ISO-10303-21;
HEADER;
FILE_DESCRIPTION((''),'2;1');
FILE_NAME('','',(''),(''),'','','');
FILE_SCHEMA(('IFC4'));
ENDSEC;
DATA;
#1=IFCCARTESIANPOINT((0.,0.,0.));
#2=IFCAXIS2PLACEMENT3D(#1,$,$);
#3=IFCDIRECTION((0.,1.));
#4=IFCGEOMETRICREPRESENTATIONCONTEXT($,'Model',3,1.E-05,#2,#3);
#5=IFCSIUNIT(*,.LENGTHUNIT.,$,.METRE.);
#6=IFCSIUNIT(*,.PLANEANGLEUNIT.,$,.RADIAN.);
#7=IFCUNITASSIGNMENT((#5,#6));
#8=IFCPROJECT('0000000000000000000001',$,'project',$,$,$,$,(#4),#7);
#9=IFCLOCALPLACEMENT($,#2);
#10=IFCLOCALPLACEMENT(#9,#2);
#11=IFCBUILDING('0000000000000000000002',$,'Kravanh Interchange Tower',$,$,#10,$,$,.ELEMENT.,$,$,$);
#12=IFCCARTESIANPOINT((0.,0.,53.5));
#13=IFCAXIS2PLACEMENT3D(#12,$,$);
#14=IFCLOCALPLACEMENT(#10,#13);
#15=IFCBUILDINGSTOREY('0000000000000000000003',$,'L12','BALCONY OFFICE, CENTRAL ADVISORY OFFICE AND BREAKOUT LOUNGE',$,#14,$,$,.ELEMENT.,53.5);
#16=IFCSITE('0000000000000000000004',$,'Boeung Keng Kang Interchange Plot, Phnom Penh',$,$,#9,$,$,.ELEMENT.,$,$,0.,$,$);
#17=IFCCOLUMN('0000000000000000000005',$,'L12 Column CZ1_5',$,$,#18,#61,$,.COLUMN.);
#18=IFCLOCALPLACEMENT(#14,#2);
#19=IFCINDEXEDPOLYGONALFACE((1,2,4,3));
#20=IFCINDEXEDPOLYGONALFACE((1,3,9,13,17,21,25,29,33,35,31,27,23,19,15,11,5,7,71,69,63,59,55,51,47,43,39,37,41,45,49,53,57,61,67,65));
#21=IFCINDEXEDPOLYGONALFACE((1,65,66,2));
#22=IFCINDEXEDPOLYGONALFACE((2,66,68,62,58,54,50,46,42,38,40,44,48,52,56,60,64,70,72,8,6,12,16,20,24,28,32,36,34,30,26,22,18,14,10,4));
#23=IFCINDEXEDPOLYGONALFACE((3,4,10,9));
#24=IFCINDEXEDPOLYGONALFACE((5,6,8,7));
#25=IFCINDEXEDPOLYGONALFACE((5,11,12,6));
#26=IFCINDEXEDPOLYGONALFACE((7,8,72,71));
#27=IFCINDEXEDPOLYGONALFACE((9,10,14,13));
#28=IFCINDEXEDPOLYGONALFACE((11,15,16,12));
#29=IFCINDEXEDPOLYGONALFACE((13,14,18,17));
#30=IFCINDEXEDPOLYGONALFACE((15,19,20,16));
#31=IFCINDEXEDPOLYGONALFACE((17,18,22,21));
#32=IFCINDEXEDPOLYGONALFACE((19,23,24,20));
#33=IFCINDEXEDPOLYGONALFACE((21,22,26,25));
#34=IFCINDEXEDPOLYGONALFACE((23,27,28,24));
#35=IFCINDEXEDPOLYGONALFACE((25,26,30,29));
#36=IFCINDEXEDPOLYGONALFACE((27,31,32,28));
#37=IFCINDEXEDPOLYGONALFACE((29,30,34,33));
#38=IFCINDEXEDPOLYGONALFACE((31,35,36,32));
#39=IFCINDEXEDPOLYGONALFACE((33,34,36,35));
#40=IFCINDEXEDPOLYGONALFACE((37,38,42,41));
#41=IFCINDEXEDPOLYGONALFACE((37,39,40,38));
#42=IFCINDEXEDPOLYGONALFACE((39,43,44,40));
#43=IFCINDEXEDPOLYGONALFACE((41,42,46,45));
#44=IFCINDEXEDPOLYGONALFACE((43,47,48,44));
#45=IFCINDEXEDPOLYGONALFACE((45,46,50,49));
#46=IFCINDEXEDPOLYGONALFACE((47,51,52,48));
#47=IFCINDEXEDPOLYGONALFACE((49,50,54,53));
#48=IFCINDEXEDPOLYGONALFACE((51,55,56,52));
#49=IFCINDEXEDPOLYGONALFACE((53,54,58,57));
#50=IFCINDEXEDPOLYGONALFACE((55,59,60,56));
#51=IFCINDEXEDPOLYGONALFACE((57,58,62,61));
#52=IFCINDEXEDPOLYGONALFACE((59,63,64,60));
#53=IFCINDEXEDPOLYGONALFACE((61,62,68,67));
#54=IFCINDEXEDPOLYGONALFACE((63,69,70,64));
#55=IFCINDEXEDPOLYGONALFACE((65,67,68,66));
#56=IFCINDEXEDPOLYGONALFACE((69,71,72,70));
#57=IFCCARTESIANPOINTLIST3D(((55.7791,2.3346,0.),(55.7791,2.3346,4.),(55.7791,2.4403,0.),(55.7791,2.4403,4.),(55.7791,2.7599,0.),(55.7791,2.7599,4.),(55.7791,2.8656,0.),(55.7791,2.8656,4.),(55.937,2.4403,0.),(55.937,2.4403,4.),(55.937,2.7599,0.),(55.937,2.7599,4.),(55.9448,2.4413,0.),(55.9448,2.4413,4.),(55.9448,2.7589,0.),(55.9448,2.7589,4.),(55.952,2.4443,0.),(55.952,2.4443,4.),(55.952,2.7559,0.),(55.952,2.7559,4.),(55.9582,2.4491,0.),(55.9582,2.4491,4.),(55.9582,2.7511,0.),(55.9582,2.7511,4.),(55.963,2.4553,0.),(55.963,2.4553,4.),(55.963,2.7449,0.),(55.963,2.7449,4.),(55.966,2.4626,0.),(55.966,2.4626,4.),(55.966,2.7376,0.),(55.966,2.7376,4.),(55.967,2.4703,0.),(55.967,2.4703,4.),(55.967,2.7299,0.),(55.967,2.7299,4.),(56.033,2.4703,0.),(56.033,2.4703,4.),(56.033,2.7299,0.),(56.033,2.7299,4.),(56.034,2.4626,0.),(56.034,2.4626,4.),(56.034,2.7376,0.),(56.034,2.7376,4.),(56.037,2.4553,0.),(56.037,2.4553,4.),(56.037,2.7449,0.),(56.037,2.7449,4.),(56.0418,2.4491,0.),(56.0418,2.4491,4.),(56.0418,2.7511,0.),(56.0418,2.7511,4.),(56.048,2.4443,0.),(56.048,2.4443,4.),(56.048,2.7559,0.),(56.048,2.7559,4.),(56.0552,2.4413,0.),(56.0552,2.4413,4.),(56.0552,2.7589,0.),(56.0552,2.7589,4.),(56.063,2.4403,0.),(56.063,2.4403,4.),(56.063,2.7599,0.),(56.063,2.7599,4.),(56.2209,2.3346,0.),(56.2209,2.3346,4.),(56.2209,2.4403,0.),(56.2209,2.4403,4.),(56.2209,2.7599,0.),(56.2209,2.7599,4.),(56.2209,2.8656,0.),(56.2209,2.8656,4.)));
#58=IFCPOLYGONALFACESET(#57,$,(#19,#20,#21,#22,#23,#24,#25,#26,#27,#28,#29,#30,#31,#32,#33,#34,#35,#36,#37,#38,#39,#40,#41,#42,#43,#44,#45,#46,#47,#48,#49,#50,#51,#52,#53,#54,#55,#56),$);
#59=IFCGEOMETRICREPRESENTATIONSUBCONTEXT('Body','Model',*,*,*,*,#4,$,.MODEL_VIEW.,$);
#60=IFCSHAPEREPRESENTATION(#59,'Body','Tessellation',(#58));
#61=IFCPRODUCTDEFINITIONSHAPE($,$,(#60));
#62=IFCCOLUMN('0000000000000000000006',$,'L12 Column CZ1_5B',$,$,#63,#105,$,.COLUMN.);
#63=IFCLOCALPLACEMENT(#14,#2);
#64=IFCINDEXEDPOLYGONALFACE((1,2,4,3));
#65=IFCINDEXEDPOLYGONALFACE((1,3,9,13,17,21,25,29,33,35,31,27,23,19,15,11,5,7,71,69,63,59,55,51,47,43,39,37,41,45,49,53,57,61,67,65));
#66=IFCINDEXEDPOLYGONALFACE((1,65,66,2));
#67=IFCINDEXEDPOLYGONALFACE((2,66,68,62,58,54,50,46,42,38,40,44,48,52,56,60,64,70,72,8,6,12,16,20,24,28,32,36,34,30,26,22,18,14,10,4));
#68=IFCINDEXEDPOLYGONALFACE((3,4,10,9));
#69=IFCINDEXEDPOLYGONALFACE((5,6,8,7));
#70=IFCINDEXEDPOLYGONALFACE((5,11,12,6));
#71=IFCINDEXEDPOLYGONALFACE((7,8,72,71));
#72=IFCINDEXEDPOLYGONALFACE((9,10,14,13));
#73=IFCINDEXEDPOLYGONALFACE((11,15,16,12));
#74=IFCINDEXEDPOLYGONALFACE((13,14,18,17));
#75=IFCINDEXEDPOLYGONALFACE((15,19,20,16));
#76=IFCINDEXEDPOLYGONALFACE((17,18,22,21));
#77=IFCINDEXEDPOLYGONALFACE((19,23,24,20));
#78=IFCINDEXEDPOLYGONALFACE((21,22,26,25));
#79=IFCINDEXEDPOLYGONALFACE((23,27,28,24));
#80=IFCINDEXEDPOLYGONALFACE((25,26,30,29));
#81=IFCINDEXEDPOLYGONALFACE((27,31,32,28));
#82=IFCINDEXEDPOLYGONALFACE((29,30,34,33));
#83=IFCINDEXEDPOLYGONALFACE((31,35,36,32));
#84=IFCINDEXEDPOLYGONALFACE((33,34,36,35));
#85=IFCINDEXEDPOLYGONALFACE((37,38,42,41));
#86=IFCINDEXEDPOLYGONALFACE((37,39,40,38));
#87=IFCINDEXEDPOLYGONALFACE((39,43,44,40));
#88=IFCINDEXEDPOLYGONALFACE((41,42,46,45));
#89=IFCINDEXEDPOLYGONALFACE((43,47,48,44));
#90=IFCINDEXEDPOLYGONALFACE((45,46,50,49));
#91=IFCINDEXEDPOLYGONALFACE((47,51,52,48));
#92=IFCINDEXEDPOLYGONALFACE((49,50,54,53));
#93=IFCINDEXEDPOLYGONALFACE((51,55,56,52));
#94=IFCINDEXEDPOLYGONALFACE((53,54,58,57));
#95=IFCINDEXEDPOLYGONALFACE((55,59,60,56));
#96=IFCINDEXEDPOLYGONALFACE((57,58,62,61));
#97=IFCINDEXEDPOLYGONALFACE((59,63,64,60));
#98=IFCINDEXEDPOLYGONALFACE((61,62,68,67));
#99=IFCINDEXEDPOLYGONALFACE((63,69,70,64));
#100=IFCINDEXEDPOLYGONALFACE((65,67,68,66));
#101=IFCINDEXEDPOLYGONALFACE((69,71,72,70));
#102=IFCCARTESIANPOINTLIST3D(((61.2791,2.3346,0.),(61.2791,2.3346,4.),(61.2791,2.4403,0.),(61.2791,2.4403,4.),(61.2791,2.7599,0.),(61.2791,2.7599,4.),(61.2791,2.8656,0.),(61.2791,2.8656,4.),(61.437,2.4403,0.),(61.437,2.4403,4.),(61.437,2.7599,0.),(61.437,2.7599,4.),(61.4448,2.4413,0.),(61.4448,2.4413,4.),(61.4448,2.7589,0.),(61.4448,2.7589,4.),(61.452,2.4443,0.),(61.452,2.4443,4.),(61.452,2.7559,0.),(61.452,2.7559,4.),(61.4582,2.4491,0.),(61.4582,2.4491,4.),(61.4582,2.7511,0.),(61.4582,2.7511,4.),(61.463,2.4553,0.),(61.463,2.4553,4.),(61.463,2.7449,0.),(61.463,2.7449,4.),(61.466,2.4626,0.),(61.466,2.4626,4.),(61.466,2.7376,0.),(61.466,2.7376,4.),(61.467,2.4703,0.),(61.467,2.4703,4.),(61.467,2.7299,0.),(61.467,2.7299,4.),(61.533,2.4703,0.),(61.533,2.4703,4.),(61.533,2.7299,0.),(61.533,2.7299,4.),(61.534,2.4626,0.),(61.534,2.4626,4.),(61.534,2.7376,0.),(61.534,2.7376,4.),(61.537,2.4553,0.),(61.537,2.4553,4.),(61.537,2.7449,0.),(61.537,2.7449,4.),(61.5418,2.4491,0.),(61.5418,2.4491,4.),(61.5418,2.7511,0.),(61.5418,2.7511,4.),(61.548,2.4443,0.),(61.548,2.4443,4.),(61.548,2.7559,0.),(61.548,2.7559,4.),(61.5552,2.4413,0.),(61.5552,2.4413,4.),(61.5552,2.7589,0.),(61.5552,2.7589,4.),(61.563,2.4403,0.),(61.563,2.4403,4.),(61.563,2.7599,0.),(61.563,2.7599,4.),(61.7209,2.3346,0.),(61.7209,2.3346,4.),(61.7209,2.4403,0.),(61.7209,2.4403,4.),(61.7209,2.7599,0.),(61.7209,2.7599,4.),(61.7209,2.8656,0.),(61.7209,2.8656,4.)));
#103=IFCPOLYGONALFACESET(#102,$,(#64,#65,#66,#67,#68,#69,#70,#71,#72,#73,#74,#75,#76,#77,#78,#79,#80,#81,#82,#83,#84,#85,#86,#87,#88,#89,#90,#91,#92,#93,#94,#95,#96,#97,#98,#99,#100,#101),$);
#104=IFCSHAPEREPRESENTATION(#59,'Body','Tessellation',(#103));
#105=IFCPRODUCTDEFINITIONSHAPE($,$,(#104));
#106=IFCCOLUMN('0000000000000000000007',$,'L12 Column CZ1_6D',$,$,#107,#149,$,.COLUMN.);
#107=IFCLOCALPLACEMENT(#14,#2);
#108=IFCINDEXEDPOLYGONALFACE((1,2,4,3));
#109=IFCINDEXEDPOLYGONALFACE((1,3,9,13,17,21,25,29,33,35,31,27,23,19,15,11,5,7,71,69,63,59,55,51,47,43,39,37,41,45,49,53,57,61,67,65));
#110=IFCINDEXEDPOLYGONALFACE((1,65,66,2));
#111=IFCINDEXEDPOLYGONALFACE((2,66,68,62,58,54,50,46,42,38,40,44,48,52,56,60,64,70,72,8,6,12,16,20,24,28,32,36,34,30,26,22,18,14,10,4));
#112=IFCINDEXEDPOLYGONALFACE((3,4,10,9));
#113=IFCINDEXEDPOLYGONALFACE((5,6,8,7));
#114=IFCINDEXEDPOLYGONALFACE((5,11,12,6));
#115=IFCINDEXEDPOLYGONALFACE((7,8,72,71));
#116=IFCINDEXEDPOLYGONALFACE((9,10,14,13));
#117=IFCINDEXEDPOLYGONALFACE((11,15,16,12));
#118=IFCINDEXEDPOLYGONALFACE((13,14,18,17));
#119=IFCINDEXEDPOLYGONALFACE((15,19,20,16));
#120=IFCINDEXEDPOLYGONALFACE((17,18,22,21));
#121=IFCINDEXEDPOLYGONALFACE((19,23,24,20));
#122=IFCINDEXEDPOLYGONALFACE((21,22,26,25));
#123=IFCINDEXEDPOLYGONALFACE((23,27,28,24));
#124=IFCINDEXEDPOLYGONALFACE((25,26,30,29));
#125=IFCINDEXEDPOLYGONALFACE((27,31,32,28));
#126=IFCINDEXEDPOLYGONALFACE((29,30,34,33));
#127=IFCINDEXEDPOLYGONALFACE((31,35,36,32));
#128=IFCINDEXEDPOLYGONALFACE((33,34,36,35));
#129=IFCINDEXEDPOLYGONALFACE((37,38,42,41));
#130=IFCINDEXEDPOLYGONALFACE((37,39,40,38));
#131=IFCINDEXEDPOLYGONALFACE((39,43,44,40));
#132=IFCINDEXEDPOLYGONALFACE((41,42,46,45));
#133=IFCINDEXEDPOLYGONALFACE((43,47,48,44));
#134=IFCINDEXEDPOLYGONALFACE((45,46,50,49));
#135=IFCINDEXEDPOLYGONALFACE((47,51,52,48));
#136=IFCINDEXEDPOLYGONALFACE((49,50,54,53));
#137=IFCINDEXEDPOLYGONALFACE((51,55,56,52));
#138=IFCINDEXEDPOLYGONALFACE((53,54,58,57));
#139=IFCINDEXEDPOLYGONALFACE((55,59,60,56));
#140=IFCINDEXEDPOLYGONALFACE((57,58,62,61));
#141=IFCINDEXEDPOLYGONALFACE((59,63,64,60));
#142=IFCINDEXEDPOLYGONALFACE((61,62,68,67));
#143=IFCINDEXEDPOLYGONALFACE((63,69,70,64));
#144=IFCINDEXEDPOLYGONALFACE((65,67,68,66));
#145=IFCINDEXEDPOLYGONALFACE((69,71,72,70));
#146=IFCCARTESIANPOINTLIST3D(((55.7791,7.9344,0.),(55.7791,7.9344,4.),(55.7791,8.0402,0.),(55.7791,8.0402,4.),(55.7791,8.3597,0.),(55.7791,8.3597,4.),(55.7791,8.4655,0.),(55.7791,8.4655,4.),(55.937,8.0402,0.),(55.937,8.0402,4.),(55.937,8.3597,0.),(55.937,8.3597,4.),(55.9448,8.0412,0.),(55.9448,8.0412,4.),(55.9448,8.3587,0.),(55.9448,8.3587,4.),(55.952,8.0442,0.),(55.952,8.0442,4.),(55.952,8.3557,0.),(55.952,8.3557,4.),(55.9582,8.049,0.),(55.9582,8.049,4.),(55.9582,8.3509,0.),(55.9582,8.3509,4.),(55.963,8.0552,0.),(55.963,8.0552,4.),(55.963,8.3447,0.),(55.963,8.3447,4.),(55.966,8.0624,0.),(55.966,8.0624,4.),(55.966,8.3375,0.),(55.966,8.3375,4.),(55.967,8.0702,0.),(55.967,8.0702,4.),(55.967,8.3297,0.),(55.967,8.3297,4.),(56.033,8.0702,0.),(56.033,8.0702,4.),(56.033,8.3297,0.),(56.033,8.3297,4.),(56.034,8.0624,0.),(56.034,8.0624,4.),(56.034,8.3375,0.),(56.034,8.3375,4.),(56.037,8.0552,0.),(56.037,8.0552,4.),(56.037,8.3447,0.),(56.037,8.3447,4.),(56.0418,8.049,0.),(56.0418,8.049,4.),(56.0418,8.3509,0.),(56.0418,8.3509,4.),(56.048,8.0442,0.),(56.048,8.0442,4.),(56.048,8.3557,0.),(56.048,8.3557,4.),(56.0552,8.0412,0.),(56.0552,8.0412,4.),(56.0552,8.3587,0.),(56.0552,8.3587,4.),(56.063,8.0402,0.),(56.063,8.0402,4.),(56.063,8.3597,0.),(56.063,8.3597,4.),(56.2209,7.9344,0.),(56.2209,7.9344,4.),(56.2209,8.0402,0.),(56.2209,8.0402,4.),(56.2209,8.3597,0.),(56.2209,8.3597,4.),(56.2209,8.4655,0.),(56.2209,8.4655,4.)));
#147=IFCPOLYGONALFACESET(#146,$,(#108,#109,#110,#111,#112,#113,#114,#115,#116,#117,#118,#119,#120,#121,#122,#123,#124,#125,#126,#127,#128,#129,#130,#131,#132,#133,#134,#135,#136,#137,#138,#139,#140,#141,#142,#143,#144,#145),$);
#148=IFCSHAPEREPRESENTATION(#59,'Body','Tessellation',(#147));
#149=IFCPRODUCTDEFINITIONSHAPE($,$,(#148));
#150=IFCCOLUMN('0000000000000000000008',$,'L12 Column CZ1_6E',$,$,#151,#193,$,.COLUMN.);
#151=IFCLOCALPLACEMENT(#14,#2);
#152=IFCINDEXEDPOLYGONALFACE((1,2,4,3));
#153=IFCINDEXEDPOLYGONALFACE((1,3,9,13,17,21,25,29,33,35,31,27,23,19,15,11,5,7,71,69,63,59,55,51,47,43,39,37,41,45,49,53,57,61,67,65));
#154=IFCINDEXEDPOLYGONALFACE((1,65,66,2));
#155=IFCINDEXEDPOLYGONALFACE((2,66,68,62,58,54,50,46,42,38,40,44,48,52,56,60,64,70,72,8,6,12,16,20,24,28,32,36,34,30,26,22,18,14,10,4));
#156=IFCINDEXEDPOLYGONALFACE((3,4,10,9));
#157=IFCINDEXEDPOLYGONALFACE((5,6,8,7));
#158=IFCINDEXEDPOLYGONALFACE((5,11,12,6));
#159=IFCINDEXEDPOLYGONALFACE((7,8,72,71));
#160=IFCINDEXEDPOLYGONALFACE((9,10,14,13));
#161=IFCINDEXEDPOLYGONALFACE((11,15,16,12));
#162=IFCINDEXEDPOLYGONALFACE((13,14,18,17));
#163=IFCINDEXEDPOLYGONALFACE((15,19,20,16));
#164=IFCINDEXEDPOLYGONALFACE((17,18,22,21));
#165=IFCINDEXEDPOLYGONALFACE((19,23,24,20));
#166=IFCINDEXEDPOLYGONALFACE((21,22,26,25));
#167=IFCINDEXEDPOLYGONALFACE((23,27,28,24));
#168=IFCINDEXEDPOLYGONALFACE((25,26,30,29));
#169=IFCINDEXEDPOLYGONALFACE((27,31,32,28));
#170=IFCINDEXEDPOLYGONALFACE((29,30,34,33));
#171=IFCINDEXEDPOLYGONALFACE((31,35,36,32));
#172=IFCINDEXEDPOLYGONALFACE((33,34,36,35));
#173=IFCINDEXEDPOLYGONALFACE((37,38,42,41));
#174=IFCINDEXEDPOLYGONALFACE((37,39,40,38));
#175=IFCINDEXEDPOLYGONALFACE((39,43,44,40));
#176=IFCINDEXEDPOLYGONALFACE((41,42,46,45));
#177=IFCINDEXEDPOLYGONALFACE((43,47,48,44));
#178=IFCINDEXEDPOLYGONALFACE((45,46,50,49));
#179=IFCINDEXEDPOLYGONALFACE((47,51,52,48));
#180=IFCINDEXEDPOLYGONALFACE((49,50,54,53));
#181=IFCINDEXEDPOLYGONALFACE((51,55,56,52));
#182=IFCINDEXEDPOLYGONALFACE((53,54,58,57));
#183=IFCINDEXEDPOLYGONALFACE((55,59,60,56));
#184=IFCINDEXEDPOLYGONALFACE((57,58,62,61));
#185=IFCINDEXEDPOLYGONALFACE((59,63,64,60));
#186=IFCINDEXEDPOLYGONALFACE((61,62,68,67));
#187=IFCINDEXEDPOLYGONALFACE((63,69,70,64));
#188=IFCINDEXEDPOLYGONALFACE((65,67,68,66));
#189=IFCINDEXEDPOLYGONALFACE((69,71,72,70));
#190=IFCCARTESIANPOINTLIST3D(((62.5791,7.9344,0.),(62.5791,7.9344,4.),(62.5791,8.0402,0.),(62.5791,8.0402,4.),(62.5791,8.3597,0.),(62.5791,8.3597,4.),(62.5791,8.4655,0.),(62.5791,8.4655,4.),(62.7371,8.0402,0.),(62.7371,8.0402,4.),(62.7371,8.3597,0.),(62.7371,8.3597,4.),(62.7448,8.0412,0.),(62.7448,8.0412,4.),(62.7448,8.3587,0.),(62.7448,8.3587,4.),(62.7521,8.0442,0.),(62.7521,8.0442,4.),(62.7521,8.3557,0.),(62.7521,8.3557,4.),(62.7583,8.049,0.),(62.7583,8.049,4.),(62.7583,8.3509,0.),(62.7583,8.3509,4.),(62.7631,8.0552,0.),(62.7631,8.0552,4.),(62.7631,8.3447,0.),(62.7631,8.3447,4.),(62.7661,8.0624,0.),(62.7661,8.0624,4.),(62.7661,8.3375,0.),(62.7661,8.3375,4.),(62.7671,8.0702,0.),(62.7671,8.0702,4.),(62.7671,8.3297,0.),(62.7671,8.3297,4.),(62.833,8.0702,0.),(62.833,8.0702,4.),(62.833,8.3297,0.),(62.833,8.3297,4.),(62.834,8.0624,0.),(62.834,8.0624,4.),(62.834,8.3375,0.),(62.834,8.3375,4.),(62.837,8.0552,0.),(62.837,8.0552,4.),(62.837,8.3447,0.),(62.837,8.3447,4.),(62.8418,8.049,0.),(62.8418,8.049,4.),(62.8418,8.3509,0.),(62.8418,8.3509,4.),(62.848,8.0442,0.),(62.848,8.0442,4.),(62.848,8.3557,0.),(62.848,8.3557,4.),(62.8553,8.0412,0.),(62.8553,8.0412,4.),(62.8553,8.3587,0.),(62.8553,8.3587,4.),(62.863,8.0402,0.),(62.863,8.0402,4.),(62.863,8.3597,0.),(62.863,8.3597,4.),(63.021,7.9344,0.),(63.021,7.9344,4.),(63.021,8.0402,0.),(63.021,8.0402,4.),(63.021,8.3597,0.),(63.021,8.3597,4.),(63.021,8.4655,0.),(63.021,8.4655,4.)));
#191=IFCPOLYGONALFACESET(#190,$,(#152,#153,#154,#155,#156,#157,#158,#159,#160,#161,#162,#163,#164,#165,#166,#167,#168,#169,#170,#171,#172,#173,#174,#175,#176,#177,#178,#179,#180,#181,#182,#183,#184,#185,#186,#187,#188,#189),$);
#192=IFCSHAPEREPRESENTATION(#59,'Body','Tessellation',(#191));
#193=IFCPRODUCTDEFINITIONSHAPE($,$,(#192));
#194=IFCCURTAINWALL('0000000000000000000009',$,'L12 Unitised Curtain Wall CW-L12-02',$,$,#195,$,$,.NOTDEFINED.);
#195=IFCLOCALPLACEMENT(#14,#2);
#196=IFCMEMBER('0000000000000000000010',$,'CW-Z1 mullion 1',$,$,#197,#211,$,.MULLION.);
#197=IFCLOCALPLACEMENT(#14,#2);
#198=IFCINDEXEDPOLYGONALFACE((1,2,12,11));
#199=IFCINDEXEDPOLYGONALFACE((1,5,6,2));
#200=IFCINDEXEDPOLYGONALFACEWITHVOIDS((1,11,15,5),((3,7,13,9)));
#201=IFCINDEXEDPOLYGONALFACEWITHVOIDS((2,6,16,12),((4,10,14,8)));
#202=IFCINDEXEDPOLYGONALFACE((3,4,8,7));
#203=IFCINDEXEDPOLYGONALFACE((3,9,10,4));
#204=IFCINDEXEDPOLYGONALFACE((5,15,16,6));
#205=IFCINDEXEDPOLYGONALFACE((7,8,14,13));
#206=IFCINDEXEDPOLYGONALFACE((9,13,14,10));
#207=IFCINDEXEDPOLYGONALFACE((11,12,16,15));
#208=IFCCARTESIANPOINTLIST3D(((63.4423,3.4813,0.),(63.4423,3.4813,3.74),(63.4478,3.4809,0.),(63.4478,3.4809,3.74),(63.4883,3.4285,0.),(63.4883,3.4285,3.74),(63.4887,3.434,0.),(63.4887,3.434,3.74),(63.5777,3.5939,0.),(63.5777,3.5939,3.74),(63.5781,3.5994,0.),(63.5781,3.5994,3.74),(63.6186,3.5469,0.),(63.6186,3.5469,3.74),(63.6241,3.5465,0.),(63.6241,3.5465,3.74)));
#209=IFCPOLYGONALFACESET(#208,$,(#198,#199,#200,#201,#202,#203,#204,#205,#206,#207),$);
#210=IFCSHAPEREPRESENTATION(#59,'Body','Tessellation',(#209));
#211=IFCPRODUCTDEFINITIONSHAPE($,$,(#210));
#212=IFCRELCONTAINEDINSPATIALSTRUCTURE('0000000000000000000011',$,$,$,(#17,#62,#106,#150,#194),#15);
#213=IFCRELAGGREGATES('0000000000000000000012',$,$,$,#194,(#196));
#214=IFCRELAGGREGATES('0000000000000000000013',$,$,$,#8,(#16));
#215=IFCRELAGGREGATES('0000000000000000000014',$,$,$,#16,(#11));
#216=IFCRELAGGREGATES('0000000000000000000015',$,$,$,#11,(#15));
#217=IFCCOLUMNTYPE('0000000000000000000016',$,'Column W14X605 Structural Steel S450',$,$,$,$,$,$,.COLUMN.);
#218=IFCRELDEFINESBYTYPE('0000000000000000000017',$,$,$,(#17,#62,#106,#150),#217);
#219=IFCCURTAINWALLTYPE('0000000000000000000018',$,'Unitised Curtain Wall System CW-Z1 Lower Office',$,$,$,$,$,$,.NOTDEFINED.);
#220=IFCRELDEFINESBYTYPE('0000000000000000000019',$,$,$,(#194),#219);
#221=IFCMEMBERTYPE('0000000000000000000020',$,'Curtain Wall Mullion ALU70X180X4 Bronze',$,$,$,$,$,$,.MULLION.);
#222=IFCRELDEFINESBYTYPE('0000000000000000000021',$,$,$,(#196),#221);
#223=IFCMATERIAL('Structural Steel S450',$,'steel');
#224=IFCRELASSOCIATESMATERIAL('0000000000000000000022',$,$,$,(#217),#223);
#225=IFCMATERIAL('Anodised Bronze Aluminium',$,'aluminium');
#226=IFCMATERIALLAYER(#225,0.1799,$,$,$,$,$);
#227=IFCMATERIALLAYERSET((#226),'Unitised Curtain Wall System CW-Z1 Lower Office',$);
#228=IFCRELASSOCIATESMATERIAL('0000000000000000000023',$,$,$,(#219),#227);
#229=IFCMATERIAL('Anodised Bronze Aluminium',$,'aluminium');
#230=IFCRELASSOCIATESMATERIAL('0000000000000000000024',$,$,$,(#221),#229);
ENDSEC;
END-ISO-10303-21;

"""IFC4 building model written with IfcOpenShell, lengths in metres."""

from ifc_helpers import new_model, si_unit, direction, frame, origin, origin_2d, place, context, subcontext, project, spatial, hollow_rectangle, i_section, extrude, material, layer, layer_set, material_profile, profile_set, type_object, element, aggregate, save


model = new_model("IFC4")

# Units and contexts
model_context = context("Model", 3, precision=1e-05, world=origin(), true_north=direction((0.0, 1.0)))
body_context = subcontext(model_context, "Body", "Model", "MODEL_VIEW")
ifc_project = project(units=[si_unit("LENGTHUNIT", "METRE"), si_unit("PLANEANGLEUNIT", "RADIAN")], contexts=[model_context])

# Site, building, storey
site_placement = place(None, origin())
site = spatial("IfcSite", under=ifc_project, at=site_placement, Name="Boeung Keng Kang Interchange Plot, Phnom Penh", CompositionType="ELEMENT", RefElevation=0.0)
building_placement = place(site_placement, origin())
building = spatial("IfcBuilding", under=site, at=building_placement, Name="Kravanh Interchange Tower", CompositionType="ELEMENT")
storey_placement = place(building_placement, frame((0.0, 0.0, 53.5)))
storey = spatial("IfcBuildingStorey", under=building, at=storey_placement, Name="L12", Description="BALCONY OFFICE, CENTRAL ADVISORY OFFICE AND BREAKOUT LOUNGE", CompositionType="ELEMENT", Elevation=53.5)

# Columns
ifc_material_1 = material(Name="Structural Steel S450", Category="steel")
ifc_material_profile_1 = material_profile(ifc_material_1, i_section(OverallWidth=0.4419, OverallDepth=0.531, WebThickness=0.0659, FlangeThickness=0.1057, FilletRadius=0.03, at=origin_2d()), Name="W14X605")
ifc_profile_set_1 = profile_set([ifc_material_profile_1], Name="Structural Steel S450")
column_type = type_object("IfcColumnType", Name="Column W14X605 Structural Steel S450", PredefinedType="COLUMN", material=ifc_profile_set_1)
for number, where, z_axis, x_axis, name in (
    (1, (56.0, 2.6001, 0.0), (0.0, 0.0, 1.0), (1.0, 0.0, 0.0), "L12 Column CZ1_5"),
    (2, (61.5, 2.6001, 0.0), (0.0, 0.0, 1.0), (1.0, 0.0, 0.0), "L12 Column CZ1_5B"),
    (3, (56.0, 8.2, 0.0), (0.0, 0.0, 1.0), (1.0, 0.0, 0.0), "L12 Column CZ1_6D"),
    (4, (62.8, 8.2, 0.0), (0.0, 0.0, 1.0), (1.0, 0.0, 0.0), "L12 Column CZ1_6E"),
):
    element("IfcColumn", number, at=place(storey_placement, frame(where, z_axis=z_axis, x_axis=x_axis)), inside=storey, type_object=column_type, Name=name, PredefinedType="COLUMN", context=body_context, shape_type="SweptSolid", body=[
        extrude(i_section(OverallWidth=0.4419, OverallDepth=0.531, WebThickness=0.0659, FlangeThickness=0.1057, FilletRadius=0.03, at=origin_2d()), origin(), (0.0, 0.0, 1.0), 4.0),
    ])

# Curtain wall, member
ifc_material_2 = material(Name="Anodised Bronze Aluminium", Category="aluminium")
ifc_layer_1 = layer(ifc_material_2, 0.1799)
ifc_layer_set_1 = layer_set([ifc_layer_1], Name="Unitised Curtain Wall System CW-Z1 Lower Office")
curtain_wall_type = type_object("IfcCurtainWallType", Name="Unitised Curtain Wall System CW-Z1 Lower Office", PredefinedType="NOTDEFINED", material=ifc_layer_set_1)
curtain_wall_1_placement = place(storey_placement, origin())
curtain_wall_1 = element("IfcCurtainWall", 5, at=curtain_wall_1_placement, inside=storey, type_object=curtain_wall_type, Name="L12 Unitised Curtain Wall CW-L12-02", PredefinedType="NOTDEFINED")
ifc_material_3 = material(Name="Anodised Bronze Aluminium", Category="aluminium")
ifc_material_profile_2 = material_profile(ifc_material_3, hollow_rectangle(XDim=0.0701, YDim=0.1799, WallThickness=0.0039, at=origin_2d()), Name="ALU70X180X4")
ifc_profile_set_2 = profile_set([ifc_material_profile_2], Name="Anodised Bronze Aluminium")
member_type_1 = type_object("IfcMemberType", Name="Curtain Wall Mullion ALU70X180X4 Bronze", PredefinedType="MULLION", material=ifc_profile_set_2)
member_1_placement = place(storey_placement, frame((63.5332, 3.5139, 0.0), z_axis=(0.0, 0.0, 1.0), x_axis=(0.65606, -0.754708, 0.0)))
member_1 = element("IfcMember", 6, at=member_1_placement, type_object=member_type_1, Name="CW-Z1 mullion 1", PredefinedType="MULLION", context=body_context, shape_type="SweptSolid", body=[
    extrude(hollow_rectangle(XDim=0.0701, YDim=0.1799, WallThickness=0.0039, at=origin_2d()), origin(), (0.0, 0.0, 1.0), 3.74),
])

aggregate(curtain_wall_1, [member_1])

save(model, "model.ifc")
